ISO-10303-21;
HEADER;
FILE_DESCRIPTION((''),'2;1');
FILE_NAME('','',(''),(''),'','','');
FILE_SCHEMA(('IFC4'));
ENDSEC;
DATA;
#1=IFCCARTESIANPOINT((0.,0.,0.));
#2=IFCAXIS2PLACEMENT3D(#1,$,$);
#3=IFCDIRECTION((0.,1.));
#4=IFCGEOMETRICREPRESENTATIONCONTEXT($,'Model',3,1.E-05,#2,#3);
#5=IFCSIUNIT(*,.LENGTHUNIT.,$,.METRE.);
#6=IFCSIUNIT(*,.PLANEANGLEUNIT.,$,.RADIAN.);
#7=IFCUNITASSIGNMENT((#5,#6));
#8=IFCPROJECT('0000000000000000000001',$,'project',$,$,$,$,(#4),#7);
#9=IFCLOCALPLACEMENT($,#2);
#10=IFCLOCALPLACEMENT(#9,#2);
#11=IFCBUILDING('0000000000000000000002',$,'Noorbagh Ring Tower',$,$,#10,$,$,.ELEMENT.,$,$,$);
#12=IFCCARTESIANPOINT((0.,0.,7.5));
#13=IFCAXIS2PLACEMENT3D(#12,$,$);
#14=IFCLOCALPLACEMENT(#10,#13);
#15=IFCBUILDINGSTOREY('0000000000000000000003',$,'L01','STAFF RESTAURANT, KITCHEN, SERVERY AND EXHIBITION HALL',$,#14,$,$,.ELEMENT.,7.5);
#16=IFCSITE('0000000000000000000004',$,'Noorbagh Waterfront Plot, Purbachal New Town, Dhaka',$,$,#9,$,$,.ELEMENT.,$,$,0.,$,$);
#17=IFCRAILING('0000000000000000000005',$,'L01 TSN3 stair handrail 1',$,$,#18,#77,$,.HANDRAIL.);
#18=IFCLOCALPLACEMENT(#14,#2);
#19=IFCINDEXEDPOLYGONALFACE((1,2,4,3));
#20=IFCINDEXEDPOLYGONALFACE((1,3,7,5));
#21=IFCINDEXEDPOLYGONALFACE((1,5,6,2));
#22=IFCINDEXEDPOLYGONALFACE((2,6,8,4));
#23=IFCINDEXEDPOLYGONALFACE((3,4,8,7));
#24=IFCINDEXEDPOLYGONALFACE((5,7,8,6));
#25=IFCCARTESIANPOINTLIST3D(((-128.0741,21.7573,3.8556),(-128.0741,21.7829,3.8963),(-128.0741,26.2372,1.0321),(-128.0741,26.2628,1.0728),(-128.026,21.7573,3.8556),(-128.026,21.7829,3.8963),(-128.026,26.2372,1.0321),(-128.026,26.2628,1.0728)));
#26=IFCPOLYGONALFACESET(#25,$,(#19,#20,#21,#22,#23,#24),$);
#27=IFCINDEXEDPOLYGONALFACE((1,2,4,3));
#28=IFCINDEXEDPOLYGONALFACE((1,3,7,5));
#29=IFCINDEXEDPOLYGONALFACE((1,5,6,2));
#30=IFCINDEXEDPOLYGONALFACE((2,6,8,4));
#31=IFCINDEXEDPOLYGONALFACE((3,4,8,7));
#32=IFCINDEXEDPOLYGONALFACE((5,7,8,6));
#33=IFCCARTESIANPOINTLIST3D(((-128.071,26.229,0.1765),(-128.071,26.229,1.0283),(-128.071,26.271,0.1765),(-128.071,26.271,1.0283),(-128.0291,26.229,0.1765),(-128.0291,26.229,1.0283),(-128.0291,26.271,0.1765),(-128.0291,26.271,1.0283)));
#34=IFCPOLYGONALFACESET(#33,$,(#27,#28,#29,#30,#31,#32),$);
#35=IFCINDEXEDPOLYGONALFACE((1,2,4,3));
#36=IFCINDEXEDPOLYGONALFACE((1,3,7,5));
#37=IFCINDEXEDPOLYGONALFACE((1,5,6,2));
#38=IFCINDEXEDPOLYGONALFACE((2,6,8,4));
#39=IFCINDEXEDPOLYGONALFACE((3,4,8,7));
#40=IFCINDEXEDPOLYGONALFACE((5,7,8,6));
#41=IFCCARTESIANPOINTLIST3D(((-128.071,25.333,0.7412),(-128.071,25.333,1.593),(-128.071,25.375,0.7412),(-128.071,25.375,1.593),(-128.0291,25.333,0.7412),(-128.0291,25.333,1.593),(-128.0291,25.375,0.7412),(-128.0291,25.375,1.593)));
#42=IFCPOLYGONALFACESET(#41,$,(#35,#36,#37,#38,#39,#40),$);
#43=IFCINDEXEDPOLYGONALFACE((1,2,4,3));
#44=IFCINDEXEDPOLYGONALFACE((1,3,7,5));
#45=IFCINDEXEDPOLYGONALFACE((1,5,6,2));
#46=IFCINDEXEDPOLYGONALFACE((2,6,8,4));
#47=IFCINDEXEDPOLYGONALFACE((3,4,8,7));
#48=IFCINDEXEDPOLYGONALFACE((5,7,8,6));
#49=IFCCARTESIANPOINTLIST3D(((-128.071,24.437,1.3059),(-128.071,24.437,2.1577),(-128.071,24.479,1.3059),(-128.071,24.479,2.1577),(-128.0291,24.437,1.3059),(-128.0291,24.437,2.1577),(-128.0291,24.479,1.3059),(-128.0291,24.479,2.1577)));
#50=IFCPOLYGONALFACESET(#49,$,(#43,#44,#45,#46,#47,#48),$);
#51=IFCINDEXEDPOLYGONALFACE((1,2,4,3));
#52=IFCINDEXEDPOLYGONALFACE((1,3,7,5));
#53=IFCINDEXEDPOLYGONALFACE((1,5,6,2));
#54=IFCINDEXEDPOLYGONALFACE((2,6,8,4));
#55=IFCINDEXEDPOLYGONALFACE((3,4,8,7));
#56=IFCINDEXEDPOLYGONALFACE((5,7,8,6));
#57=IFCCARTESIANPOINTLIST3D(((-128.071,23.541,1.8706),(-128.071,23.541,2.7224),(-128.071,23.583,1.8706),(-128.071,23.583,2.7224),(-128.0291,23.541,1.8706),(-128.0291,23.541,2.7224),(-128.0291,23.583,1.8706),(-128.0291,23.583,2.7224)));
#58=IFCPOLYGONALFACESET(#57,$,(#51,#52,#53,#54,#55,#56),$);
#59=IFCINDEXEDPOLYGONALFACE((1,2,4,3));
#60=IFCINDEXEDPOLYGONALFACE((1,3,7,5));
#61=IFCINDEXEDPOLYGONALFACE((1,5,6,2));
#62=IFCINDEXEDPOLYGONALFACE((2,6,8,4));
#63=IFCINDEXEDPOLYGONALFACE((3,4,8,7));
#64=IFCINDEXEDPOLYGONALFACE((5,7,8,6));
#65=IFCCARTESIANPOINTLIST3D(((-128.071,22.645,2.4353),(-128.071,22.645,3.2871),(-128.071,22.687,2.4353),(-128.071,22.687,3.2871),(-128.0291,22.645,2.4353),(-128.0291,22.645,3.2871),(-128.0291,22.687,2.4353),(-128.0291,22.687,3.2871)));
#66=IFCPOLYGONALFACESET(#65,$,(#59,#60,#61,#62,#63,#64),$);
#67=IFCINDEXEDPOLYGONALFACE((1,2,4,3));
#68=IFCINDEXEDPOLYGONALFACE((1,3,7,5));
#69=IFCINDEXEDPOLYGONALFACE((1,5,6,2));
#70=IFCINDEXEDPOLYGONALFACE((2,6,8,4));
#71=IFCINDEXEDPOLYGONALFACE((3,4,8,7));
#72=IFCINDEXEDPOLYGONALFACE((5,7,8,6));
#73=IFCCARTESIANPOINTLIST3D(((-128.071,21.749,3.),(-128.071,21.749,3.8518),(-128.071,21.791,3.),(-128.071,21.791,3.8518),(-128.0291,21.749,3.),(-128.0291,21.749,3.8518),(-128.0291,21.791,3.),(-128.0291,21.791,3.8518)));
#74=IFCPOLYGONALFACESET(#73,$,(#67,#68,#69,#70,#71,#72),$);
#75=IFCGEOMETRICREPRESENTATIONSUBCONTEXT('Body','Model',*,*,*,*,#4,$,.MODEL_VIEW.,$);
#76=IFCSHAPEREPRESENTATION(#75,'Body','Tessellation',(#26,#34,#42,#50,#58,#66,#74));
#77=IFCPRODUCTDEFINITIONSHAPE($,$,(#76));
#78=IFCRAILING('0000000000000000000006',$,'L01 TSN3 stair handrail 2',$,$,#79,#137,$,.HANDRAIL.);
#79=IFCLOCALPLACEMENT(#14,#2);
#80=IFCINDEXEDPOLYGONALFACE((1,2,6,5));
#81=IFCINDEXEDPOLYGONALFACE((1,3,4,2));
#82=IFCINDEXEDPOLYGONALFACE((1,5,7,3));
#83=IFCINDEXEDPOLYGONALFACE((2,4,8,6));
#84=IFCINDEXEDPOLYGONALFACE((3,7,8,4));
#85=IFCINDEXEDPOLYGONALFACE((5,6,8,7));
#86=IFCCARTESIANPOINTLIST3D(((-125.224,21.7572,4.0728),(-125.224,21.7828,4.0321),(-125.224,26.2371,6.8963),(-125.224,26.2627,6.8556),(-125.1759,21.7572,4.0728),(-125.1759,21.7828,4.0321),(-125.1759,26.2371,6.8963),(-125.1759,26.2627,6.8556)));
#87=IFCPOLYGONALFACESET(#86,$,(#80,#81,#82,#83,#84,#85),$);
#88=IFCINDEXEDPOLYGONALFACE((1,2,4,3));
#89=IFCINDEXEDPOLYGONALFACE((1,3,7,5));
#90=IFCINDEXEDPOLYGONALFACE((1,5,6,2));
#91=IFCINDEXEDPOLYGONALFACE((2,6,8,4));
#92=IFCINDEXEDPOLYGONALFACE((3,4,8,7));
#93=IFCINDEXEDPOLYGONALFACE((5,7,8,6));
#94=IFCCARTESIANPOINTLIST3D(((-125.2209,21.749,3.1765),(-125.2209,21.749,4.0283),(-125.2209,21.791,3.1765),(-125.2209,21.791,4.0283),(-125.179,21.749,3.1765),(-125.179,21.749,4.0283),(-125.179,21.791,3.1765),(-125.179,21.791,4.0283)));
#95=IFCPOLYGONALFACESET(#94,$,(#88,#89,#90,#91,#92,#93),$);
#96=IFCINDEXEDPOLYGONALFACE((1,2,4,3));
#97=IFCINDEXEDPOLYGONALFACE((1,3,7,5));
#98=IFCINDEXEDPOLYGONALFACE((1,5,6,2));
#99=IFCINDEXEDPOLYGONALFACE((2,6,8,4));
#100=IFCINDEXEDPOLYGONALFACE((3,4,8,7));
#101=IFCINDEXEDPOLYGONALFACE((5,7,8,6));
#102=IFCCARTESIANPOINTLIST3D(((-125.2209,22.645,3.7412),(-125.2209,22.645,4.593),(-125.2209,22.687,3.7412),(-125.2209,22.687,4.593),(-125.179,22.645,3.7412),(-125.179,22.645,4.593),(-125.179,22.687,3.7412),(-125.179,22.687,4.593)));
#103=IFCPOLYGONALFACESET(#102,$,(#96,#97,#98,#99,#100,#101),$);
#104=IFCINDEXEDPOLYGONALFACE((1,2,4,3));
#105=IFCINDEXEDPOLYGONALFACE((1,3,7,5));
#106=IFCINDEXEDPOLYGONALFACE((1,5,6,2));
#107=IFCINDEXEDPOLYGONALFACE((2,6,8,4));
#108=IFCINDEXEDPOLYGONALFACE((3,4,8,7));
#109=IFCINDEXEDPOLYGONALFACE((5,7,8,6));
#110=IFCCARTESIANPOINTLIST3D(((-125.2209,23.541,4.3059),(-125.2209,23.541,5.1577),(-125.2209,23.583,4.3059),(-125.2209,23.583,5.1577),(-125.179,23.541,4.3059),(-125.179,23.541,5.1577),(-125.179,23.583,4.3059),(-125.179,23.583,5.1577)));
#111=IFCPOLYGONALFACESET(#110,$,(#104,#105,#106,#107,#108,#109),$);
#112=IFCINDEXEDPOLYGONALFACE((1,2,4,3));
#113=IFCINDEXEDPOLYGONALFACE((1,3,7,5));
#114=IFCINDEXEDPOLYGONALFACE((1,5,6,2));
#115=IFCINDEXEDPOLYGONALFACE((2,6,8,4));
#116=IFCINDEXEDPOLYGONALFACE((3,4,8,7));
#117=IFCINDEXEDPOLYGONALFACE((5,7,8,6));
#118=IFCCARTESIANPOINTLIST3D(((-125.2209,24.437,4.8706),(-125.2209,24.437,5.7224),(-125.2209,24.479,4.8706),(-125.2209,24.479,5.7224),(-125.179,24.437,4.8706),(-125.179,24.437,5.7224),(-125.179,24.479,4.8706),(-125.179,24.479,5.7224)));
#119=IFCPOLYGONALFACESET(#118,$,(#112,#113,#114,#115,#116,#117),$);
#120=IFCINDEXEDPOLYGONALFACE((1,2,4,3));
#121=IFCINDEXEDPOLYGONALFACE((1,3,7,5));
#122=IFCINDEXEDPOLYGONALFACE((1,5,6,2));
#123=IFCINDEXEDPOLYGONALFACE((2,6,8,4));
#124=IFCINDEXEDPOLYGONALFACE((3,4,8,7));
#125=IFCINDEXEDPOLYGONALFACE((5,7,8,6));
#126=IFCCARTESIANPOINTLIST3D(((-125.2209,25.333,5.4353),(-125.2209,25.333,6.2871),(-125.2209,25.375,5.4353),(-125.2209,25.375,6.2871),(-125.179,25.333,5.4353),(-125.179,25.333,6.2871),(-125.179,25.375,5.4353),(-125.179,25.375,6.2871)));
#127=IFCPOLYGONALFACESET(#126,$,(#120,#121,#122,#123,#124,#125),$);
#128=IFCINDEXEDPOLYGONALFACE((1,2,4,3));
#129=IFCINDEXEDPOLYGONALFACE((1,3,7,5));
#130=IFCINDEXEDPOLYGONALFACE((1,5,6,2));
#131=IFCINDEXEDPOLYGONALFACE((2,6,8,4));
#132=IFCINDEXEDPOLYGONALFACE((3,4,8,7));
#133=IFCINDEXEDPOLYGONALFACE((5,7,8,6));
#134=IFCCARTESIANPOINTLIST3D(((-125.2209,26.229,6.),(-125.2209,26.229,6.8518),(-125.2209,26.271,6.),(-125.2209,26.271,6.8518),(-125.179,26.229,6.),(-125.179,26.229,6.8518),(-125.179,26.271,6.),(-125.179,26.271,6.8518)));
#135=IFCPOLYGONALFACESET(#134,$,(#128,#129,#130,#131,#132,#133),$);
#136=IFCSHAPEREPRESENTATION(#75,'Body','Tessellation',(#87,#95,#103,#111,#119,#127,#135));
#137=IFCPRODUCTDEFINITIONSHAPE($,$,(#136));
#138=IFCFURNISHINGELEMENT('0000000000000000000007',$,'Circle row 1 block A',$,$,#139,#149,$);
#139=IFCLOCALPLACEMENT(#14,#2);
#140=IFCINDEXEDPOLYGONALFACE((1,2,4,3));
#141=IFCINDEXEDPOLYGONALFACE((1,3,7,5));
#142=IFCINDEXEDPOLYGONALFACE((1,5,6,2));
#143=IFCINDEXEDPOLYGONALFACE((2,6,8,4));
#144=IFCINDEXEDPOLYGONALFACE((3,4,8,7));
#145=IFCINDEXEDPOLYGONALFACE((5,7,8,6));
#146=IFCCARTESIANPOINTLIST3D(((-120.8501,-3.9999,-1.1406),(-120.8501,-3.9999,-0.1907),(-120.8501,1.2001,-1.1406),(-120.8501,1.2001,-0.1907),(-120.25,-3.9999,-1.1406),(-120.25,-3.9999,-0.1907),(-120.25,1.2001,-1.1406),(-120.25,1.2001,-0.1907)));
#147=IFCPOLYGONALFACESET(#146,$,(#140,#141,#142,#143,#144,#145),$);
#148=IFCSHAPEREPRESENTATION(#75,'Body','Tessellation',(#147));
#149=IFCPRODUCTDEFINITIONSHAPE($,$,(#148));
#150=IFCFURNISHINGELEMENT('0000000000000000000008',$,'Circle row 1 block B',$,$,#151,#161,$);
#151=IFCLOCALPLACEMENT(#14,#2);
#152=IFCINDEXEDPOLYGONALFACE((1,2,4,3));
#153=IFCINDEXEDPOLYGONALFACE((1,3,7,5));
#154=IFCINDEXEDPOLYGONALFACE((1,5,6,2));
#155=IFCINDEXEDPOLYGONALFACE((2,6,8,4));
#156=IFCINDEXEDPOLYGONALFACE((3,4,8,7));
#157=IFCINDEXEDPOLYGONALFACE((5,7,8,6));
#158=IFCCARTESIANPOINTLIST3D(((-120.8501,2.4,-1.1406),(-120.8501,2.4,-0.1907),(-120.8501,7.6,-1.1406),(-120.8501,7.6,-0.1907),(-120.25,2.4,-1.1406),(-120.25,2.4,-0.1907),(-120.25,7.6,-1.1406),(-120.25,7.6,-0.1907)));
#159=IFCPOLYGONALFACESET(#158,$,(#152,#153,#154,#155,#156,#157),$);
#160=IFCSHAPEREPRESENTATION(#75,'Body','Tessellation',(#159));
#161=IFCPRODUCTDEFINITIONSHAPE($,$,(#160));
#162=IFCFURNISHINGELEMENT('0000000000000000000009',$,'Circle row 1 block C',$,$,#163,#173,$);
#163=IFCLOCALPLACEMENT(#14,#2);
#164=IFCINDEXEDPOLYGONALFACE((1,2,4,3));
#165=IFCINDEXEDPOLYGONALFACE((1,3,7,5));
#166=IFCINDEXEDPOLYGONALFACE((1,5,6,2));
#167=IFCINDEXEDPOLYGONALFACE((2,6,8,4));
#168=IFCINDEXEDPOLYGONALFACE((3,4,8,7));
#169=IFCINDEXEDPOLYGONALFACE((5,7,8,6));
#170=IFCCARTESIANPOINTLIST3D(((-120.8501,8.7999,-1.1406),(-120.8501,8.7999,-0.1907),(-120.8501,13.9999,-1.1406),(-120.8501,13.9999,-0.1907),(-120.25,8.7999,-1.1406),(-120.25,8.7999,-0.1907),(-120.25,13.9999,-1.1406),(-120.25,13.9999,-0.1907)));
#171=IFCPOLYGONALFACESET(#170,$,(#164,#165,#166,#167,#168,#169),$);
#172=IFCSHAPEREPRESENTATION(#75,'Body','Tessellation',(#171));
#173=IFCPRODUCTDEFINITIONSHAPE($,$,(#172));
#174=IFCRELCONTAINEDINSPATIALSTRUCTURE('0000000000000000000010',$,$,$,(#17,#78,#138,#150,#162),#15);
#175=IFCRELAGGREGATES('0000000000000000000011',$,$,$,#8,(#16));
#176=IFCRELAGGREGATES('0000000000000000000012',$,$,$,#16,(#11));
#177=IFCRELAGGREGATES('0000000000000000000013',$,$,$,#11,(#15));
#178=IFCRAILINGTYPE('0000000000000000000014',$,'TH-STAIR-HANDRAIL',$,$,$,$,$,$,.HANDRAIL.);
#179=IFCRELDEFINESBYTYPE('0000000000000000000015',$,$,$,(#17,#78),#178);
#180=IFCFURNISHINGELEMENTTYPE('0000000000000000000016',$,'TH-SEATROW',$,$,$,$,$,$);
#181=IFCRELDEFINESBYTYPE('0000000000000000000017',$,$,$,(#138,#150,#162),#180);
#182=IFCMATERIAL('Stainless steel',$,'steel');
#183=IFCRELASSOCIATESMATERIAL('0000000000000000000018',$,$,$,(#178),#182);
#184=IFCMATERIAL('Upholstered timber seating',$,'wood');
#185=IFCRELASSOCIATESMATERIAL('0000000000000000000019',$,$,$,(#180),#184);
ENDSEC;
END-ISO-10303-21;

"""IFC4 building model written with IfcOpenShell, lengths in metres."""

from ifc_helpers import new_model, si_unit, direction, frame, origin, origin_2d, place, context, subcontext, project, spatial, rectangle, extrude, material, type_object, element, save


model = new_model("IFC4")

# Units and contexts
model_context = context("Model", 3, precision=1e-05, world=origin(), true_north=direction((0.0, 1.0)))
body_context = subcontext(model_context, "Body", "Model", "MODEL_VIEW")
ifc_project = project(units=[si_unit("LENGTHUNIT", "METRE"), si_unit("PLANEANGLEUNIT", "RADIAN")], contexts=[model_context])

# Site, building, storey
site_placement = place(None, origin())
site = spatial("IfcSite", under=ifc_project, at=site_placement, Name="Noorbagh Waterfront Plot, Purbachal New Town, Dhaka", CompositionType="ELEMENT", RefElevation=0.0)
building_placement = place(site_placement, origin())
building = spatial("IfcBuilding", under=site, at=building_placement, Name="Noorbagh Ring Tower", CompositionType="ELEMENT")
storey_placement = place(building_placement, frame((0.0, 0.0, 7.5)))
storey = spatial("IfcBuildingStorey", under=building, at=storey_placement, Name="L01", Description="STAFF RESTAURANT, KITCHEN, SERVERY AND EXHIBITION HALL", CompositionType="ELEMENT", Elevation=7.5)

# Railings
ifc_material_1 = material(Name="Stainless steel", Category="steel")
railing_type_1 = type_object("IfcRailingType", Name="TH-STAIR-HANDRAIL", PredefinedType="HANDRAIL", material=ifc_material_1)
for number, where, name in (
    (1, (-128.05, 26.25, 0.1765), "L01 TSN3 stair handrail 1"),
):
    element("IfcRailing", number, at=place(storey_placement, frame(where)), inside=storey, type_object=railing_type_1, Name=name, PredefinedType="HANDRAIL", context=body_context, shape_type="SweptSolid", body=[
        extrude(rectangle(XDim=0.0481, YDim=0.0481, at=origin_2d()), frame((0.0, 0.0, 0.876), z_axis=(0.0, -0.845998, 0.533186), x_axis=(1.0, 0.0, 0.0)), (0.0, 0.0, 1.0), 5.2954),
        extrude(rectangle(XDim=0.042, YDim=0.042, at=origin_2d()), origin(), (0.0, 0.0, 1.0), 0.8518),
        extrude(rectangle(XDim=0.042, YDim=0.042, at=origin_2d()), frame((0.0, -0.896, 0.5647)), (0.0, 0.0, 1.0), 0.8518),
        extrude(rectangle(XDim=0.042, YDim=0.042, at=origin_2d()), frame((0.0, -1.792, 1.1294)), (0.0, 0.0, 1.0), 0.8518),
        extrude(rectangle(XDim=0.042, YDim=0.042, at=origin_2d()), frame((0.0, -2.688, 1.6941)), (0.0, 0.0, 1.0), 0.8518),
        extrude(rectangle(XDim=0.042, YDim=0.042, at=origin_2d()), frame((0.0, -3.584, 2.2588)), (0.0, 0.0, 1.0), 0.8518),
        extrude(rectangle(XDim=0.042, YDim=0.042, at=origin_2d()), frame((0.0, -4.48, 2.8235)), (0.0, 0.0, 1.0), 0.8518),
    ])
railing_1_placement = place(storey_placement, frame((-125.2, 21.77, 3.1765)))
element("IfcRailing", 2, at=railing_1_placement, inside=storey, type_object=railing_type_1, Name="L01 TSN3 stair handrail 2", PredefinedType="HANDRAIL", context=body_context, shape_type="SweptSolid", body=[
    extrude(rectangle(XDim=0.0481, YDim=0.0481, at=origin_2d()), frame((0.0, 0.0, 0.876), z_axis=(0.0, 0.845998, 0.533186), x_axis=(-1.0, 0.0, 0.0)), (0.0, 0.0, 1.0), 5.2954),
    extrude(rectangle(XDim=0.042, YDim=0.042, at=origin_2d()), origin(), (0.0, 0.0, 1.0), 0.8518),
    extrude(rectangle(XDim=0.042, YDim=0.042, at=origin_2d()), frame((0.0, 0.896, 0.5647)), (0.0, 0.0, 1.0), 0.8518),
    extrude(rectangle(XDim=0.042, YDim=0.042, at=origin_2d()), frame((0.0, 1.792, 1.1294)), (0.0, 0.0, 1.0), 0.8518),
    extrude(rectangle(XDim=0.042, YDim=0.042, at=origin_2d()), frame((0.0, 2.688, 1.6941)), (0.0, 0.0, 1.0), 0.8518),
    extrude(rectangle(XDim=0.042, YDim=0.042, at=origin_2d()), frame((0.0, 3.584, 2.2588)), (0.0, 0.0, 1.0), 0.8518),
    extrude(rectangle(XDim=0.042, YDim=0.042, at=origin_2d()), frame((0.0, 4.48, 2.8235)), (0.0, 0.0, 1.0), 0.8518),
])

# Furnishing elements
ifc_material_2 = material(Name="Upholstered timber seating", Category="wood")
furnishing_element_type = type_object("IfcFurnishingElementType", Name="TH-SEATROW", material=ifc_material_2)
for number, where, z_axis, x_axis, name in (
    (3, (-120.55, -1.3999, -1.1406), (0.0, 0.0, 1.0), (1.0, 0.0, 0.0), "Circle row 1 block A"),
    (4, (-120.55, 5.0, -1.1406), (0.0, 0.0, 1.0), (1.0, 0.0, 0.0), "Circle row 1 block B"),
    (5, (-120.55, 11.3999, -1.1406), (0.0, 0.0, 1.0), (1.0, 0.0, 0.0), "Circle row 1 block C"),
):
    element("IfcFurnishingElement", number, at=place(storey_placement, frame(where, z_axis=z_axis, x_axis=x_axis)), inside=storey, type_object=furnishing_element_type, Name=name, context=body_context, shape_type="SweptSolid", body=[
        extrude(rectangle(XDim=0.6001, YDim=5.2, at=origin_2d()), origin(), (0.0, 0.0, 1.0), 0.95),
    ])

save(model, "model.ifc")
